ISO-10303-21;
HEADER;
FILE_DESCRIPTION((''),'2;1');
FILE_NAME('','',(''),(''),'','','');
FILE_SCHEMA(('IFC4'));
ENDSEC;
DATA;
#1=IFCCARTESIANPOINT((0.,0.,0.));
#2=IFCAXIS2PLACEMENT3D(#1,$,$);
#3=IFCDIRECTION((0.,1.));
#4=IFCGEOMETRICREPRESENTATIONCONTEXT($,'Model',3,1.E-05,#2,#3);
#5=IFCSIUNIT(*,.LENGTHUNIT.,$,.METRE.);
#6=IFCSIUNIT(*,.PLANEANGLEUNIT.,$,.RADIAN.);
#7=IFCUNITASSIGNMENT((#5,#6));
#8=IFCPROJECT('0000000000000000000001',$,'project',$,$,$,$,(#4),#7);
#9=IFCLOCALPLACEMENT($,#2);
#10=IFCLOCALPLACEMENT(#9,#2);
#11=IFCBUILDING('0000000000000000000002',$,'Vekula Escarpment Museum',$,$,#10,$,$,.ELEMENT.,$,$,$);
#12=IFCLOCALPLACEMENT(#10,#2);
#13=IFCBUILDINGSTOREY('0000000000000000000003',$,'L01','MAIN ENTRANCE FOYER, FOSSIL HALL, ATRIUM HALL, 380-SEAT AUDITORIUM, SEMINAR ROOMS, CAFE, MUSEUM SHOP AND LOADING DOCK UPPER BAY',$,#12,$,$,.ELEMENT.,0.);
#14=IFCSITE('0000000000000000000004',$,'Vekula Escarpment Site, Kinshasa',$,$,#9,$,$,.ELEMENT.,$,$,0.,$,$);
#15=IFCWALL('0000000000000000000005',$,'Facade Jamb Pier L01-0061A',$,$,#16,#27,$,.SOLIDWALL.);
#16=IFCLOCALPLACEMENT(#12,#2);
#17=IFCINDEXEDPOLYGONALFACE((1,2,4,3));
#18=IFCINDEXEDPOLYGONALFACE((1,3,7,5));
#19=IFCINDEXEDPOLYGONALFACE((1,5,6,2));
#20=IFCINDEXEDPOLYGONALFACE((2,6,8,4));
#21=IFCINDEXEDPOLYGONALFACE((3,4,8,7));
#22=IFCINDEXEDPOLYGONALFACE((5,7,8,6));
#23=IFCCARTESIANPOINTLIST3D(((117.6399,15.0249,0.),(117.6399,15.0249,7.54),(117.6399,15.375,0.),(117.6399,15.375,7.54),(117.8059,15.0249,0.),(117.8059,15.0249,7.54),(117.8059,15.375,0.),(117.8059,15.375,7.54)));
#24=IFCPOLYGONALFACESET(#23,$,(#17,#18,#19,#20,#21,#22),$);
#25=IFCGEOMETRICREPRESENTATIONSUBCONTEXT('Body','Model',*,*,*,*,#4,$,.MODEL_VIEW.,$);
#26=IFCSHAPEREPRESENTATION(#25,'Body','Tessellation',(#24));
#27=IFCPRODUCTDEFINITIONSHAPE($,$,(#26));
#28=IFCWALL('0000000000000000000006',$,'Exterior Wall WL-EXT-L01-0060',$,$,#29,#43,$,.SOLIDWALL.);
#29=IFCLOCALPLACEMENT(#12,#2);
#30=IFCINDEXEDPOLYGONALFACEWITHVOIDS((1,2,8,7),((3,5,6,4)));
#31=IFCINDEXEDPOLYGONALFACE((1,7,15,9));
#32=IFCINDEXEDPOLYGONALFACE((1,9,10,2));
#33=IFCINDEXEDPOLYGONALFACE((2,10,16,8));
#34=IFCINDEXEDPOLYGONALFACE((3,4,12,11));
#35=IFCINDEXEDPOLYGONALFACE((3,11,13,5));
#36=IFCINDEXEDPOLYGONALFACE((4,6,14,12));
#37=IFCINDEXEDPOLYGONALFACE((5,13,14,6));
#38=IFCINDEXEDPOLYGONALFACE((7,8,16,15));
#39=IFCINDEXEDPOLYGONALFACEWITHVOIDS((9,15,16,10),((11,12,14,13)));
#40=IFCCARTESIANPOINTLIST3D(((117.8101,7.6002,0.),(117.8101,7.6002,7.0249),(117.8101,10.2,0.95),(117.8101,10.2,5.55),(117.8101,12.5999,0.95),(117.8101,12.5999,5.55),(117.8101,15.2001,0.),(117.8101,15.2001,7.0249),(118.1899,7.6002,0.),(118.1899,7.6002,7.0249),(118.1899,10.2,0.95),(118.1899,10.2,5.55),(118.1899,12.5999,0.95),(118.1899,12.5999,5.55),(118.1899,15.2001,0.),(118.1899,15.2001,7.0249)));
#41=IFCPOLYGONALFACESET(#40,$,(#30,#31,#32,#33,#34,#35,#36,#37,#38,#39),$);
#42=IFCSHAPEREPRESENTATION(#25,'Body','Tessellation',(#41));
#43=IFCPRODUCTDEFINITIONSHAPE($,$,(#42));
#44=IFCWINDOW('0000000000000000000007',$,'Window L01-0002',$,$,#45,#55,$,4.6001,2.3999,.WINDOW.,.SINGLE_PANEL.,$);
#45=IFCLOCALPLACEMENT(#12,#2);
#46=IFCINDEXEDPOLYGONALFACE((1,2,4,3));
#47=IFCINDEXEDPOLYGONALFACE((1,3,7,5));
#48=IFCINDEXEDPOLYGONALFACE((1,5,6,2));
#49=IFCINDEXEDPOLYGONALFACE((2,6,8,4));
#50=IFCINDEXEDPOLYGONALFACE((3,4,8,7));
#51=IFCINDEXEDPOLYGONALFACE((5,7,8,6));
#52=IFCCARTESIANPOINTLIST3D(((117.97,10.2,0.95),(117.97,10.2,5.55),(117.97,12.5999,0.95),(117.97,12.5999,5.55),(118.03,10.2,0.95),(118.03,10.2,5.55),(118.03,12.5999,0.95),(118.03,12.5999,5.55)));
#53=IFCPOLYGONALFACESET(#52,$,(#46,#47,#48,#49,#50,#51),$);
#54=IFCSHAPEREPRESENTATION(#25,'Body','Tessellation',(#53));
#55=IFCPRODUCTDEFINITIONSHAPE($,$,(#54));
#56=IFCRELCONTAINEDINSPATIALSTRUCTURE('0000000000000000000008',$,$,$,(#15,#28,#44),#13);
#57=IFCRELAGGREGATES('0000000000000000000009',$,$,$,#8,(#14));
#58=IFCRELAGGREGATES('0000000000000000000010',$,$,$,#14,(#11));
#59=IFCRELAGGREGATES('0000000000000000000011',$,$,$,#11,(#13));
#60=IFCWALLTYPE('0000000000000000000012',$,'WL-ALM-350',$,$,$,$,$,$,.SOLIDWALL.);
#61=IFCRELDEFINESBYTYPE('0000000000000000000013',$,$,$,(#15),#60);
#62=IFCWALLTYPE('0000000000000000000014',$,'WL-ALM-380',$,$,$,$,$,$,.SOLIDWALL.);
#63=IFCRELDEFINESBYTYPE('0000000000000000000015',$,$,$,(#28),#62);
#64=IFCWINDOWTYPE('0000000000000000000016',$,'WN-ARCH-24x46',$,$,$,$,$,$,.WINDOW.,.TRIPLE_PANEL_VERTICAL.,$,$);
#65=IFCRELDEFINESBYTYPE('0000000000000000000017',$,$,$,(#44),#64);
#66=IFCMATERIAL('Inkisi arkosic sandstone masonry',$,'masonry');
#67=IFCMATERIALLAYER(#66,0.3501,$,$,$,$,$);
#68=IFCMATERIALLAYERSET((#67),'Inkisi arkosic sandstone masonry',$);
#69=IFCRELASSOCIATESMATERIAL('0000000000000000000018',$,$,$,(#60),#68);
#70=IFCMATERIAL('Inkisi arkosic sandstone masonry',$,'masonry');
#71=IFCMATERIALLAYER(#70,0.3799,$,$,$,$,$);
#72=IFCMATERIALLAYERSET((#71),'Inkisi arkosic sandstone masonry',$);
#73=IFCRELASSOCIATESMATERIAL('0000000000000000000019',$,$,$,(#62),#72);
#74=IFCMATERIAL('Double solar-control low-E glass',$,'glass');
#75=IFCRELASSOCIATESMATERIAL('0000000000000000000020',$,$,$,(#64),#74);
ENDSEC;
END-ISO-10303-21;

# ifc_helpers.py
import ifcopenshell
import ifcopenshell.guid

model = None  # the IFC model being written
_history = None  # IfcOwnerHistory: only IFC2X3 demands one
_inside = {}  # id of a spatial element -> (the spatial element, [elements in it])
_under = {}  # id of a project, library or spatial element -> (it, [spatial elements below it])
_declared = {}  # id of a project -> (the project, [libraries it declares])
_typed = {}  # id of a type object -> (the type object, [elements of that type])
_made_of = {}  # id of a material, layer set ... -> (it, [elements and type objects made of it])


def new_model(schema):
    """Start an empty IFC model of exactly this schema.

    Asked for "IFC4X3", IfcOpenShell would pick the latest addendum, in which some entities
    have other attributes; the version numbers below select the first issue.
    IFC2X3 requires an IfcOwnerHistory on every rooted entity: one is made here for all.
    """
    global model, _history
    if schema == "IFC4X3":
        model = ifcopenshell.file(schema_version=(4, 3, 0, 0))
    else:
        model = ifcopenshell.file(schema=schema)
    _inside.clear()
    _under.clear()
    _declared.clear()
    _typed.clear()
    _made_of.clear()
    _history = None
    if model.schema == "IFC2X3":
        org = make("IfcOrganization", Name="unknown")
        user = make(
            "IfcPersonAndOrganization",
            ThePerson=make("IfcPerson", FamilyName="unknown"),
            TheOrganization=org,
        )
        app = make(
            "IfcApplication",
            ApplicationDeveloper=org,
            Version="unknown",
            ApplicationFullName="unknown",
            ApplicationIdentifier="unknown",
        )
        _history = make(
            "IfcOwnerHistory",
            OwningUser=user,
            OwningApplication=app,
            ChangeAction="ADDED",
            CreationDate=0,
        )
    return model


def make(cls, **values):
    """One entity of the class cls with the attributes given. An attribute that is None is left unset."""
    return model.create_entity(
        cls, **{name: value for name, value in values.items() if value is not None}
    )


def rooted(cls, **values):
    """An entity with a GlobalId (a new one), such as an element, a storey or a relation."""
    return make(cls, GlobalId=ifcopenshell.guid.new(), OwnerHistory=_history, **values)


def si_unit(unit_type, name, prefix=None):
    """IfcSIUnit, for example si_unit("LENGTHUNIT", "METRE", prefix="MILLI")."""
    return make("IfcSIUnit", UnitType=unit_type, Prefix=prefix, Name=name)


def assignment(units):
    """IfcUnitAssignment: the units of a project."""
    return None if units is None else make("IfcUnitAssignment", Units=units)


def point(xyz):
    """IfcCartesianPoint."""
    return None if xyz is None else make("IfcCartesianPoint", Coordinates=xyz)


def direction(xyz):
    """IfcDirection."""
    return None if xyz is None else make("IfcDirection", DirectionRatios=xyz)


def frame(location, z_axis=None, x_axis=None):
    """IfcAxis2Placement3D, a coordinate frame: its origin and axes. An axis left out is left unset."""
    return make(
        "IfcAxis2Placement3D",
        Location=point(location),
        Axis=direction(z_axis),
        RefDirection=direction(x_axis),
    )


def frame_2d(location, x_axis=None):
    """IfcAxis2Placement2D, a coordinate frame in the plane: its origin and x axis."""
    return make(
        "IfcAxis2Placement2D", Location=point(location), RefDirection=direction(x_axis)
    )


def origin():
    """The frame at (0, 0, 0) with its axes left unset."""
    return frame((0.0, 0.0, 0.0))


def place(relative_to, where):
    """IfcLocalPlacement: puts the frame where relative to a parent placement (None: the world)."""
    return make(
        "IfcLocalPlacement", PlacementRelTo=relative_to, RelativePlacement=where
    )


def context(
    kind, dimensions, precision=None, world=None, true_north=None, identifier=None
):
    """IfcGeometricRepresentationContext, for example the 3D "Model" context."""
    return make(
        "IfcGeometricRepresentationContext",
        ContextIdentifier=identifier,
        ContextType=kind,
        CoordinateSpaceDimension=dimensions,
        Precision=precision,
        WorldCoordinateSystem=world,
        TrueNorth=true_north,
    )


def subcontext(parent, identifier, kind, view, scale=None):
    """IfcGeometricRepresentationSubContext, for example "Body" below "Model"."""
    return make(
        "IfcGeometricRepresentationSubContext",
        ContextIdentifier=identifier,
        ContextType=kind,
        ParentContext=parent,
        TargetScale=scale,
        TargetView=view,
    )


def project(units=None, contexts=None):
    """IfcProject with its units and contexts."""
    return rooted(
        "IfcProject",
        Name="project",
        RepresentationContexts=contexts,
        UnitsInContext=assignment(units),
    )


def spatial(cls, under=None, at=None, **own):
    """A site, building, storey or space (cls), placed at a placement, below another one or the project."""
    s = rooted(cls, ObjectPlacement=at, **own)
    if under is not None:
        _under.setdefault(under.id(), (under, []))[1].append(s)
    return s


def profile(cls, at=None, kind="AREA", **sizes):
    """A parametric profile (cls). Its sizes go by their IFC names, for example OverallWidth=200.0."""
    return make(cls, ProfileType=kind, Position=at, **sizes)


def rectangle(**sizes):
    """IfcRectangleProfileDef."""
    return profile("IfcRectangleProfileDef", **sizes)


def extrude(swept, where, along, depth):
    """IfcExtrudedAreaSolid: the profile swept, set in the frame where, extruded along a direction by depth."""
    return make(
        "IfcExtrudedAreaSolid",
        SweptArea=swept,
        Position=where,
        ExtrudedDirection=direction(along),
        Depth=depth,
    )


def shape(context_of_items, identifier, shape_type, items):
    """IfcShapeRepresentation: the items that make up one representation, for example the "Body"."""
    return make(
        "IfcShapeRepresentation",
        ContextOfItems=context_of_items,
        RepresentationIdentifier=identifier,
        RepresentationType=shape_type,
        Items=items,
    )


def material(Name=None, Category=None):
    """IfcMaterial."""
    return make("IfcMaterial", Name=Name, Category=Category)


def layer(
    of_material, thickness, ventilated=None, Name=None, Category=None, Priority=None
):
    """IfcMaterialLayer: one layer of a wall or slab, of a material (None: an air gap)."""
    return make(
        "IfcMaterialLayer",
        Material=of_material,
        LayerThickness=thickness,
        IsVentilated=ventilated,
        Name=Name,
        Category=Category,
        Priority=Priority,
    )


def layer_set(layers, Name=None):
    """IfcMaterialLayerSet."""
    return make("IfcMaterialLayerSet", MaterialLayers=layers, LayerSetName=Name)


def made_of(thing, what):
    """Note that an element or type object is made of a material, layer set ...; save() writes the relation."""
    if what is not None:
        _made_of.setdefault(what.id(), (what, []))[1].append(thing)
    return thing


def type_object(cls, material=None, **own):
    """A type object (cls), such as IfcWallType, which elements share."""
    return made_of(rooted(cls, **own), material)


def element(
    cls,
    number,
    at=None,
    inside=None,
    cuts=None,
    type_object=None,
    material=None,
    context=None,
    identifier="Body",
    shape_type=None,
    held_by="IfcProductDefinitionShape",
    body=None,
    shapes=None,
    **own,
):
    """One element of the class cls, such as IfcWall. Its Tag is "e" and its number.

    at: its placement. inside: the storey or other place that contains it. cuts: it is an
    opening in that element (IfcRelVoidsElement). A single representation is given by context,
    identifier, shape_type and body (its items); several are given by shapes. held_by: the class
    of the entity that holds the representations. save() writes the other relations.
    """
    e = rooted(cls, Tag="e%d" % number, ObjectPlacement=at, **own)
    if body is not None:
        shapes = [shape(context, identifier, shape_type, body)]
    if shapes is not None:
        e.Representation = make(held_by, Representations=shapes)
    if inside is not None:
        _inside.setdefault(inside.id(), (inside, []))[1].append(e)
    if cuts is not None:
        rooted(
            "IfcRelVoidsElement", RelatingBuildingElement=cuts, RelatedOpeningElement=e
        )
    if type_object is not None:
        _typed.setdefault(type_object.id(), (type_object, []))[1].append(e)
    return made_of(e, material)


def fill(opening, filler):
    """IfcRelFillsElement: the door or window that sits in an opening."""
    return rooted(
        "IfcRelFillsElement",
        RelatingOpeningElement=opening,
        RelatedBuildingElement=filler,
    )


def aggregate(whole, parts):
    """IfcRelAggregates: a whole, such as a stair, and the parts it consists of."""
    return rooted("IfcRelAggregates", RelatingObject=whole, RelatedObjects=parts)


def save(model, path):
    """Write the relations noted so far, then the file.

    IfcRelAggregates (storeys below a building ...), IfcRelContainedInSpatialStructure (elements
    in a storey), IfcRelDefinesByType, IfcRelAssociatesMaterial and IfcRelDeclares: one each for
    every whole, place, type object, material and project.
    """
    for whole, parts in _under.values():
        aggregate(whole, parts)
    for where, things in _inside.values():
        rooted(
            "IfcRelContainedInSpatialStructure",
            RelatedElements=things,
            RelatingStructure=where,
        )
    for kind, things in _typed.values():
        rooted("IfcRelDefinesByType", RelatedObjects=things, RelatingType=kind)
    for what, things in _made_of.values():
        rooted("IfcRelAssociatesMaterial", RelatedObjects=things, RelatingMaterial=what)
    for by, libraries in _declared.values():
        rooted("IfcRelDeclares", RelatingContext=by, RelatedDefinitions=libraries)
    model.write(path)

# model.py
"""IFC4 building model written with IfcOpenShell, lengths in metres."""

from ifc_helpers import new_model, si_unit, direction, frame, frame_2d, origin, place, context, subcontext, project, spatial, rectangle, extrude, material, layer, layer_set, type_object, element, fill, save


model = new_model("IFC4")

# Units and contexts
model_context = context("Model", 3, precision=1e-05, world=origin(), true_north=direction((0.0, 1.0)))
body_context = subcontext(model_context, "Body", "Model", "MODEL_VIEW")
ifc_project = project(units=[si_unit("LENGTHUNIT", "METRE"), si_unit("PLANEANGLEUNIT", "RADIAN")], contexts=[model_context])

# Site, building, storey
site_placement = place(None, origin())
site = spatial("IfcSite", under=ifc_project, at=site_placement, Name="Vekula Escarpment Site, Kinshasa", CompositionType="ELEMENT", RefElevation=0.0)
building_placement = place(site_placement, origin())
building = spatial("IfcBuilding", under=site, at=building_placement, Name="Vekula Escarpment Museum", CompositionType="ELEMENT")
storey_placement = place(building_placement, origin())
storey = spatial("IfcBuildingStorey", under=building, at=storey_placement, Name="L01", Description="MAIN ENTRANCE FOYER, FOSSIL HALL, ATRIUM HALL, 380-SEAT AUDITORIUM, SEMINAR ROOMS, CAFE, MUSEUM SHOP AND LOADING DOCK UPPER BAY", CompositionType="ELEMENT", Elevation=0.0)

# Wall
ifc_material_1 = material(Name="Inkisi arkosic sandstone masonry", Category="masonry")
ifc_layer_1 = layer(ifc_material_1, 0.3501)
ifc_layer_set_1 = layer_set([ifc_layer_1], Name="Inkisi arkosic sandstone masonry")
wall_type_1 = type_object("IfcWallType", Name="WL-ALM-350", PredefinedType="SOLIDWALL", material=ifc_layer_set_1)
wall_1_placement = place(storey_placement, frame((117.8059, 15.2, 0.0), z_axis=(0.0, 0.0, 1.0), x_axis=(-1.0, 0.0, 0.0)))
element("IfcWall", 1, at=wall_1_placement, inside=storey, type_object=wall_type_1, Name="Facade Jamb Pier L01-0061A", PredefinedType="SOLIDWALL", context=body_context, shape_type="SweptSolid", body=[
    extrude(rectangle(XDim=0.166, YDim=0.3501, at=frame_2d((0.083, 0.0))), origin(), (0.0, 0.0, 1.0), 7.54),
])

# Wall, opening, window
ifc_material_2 = material(Name="Inkisi arkosic sandstone masonry", Category="masonry")
ifc_layer_2 = layer(ifc_material_2, 0.3799)
ifc_layer_set_2 = layer_set([ifc_layer_2], Name="Inkisi arkosic sandstone masonry")
wall_type_2 = type_object("IfcWallType", Name="WL-ALM-380", PredefinedType="SOLIDWALL", material=ifc_layer_set_2)
wall_2_placement = place(storey_placement, frame((118.0, 15.2, 0.0), z_axis=(0.0, 0.0, 1.0), x_axis=(0.0, -1.0, 0.0)))
wall_2 = element("IfcWall", 2, at=wall_2_placement, inside=storey, type_object=wall_type_2, Name="Exterior Wall WL-EXT-L01-0060", PredefinedType="SOLIDWALL", context=body_context, shape_type="SweptSolid", body=[
    extrude(rectangle(XDim=7.5999, YDim=0.3799, at=frame_2d((3.7998, 0.0))), origin(), (0.0, 0.0, 1.0), 7.0249),
])
opening_placement = place(wall_2_placement, frame((2.6001, 0.0, 0.95)))
opening = element("IfcOpeningElement", 3, at=opening_placement, cuts=wall_2, PredefinedType="OPENING", context=body_context, shape_type="SweptSolid", body=[
    extrude(rectangle(XDim=2.3999, YDim=4.6001, at=frame_2d((1.2, 2.3))), frame((0.0, 0.2, 0.0), z_axis=(0.0, -1.0, 0.0), x_axis=(1.0, 0.0, 0.0)), (0.0, 0.0, 1.0), 0.3999),
])
ifc_material_3 = material(Name="Double solar-control low-E glass", Category="glass")
window_type = type_object("IfcWindowType", Name="WN-ARCH-24x46", PartitioningType="TRIPLE_PANEL_VERTICAL", PredefinedType="WINDOW", material=ifc_material_3)
window_placement = place(opening_placement, origin())
window = element("IfcWindow", 4, at=window_placement, inside=storey, type_object=window_type, Name="Window L01-0002", OverallHeight=4.6001, OverallWidth=2.3999, PartitioningType="SINGLE_PANEL", PredefinedType="WINDOW", context=body_context, shape_type="SweptSolid", body=[
    extrude(rectangle(XDim=2.3999, YDim=4.6001, at=frame_2d((1.2, 2.3))), frame((0.0, 0.03, 0.0), z_axis=(0.0, -1.0, 0.0), x_axis=(1.0, 0.0, 0.0)), (0.0, 0.0, 1.0), 0.0601),
])
fill(opening, window)

save(model, "model.ifc")
